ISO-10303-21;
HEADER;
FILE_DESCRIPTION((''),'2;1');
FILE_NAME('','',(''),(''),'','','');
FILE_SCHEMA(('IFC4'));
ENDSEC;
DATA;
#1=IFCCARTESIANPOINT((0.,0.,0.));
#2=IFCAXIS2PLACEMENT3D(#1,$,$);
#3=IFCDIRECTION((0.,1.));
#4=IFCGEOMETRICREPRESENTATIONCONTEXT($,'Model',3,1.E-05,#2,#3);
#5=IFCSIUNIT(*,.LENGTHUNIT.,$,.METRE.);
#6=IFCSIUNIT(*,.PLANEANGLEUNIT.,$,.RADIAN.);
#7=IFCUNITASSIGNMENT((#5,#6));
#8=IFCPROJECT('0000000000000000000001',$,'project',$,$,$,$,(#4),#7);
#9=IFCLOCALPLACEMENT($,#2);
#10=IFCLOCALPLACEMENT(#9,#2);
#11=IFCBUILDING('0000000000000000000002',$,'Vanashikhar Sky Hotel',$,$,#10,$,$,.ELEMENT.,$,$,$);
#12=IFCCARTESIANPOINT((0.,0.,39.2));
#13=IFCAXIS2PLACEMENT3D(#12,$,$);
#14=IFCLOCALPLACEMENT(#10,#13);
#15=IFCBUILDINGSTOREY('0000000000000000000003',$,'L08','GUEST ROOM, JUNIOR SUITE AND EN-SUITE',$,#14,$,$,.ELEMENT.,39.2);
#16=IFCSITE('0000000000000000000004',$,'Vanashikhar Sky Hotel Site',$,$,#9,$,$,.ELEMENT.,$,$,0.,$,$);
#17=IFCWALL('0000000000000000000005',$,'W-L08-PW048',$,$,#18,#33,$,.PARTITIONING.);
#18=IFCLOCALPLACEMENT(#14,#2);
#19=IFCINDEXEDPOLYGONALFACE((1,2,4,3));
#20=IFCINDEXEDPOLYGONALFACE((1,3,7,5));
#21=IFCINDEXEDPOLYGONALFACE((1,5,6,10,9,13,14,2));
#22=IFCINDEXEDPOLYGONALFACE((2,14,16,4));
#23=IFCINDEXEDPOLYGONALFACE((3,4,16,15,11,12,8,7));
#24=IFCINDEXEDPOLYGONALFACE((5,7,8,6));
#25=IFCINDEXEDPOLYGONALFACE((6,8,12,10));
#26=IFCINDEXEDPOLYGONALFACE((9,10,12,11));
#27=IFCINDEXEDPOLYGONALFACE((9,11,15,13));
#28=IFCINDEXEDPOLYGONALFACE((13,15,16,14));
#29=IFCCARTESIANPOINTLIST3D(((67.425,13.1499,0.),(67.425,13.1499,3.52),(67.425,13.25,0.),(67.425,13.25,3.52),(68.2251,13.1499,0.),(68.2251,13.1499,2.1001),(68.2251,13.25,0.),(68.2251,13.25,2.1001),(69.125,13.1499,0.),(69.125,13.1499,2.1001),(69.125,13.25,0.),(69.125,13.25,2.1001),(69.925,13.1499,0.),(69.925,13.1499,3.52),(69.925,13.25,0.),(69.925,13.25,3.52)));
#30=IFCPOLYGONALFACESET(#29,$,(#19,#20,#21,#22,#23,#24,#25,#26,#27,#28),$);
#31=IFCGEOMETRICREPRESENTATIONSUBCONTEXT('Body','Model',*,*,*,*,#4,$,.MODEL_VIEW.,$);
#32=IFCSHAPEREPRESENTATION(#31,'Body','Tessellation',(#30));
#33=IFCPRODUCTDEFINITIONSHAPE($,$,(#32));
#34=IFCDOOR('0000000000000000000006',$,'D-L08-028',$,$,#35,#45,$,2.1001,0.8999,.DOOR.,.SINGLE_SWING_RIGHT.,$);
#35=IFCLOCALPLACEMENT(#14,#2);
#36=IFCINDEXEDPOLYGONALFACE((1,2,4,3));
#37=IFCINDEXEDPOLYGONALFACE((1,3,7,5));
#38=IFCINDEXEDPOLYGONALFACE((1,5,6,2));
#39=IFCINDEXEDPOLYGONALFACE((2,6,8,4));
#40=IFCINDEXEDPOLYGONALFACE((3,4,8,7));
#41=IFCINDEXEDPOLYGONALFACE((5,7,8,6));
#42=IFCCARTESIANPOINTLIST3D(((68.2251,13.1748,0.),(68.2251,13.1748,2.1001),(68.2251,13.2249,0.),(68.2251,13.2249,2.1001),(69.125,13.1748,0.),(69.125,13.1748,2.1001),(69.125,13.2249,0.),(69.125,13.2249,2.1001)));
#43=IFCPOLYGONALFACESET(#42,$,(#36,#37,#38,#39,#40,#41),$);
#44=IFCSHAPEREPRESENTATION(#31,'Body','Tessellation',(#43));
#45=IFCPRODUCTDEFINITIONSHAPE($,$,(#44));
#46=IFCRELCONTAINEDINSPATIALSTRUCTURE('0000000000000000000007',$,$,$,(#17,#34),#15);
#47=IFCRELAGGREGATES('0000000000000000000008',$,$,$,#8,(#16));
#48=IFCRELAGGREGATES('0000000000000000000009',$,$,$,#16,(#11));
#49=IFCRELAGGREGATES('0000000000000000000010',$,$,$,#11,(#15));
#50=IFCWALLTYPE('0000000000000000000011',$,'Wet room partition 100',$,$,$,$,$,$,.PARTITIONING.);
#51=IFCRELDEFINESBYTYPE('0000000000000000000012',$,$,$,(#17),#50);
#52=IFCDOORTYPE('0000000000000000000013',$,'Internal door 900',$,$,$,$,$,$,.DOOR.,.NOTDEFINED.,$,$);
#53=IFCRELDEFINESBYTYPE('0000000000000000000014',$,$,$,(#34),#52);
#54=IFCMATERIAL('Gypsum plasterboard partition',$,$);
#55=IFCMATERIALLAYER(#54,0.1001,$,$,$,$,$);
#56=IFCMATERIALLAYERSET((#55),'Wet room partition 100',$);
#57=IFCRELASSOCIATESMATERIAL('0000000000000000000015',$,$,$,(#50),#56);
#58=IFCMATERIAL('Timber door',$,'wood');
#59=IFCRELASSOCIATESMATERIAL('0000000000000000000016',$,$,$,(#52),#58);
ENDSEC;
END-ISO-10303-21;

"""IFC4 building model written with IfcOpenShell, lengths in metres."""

from ifc_helpers import new_model, si_unit, direction, frame, frame_2d, origin, place, context, subcontext, project, spatial, rectangle, extrude, source, transform, mapped, material, layer, layer_set, type_object, element, fill, save


model = new_model("IFC4")

# Units and contexts
model_context = context("Model", 3, precision=1e-05, world=origin(), true_north=direction((0.0, 1.0)))
body_context = subcontext(model_context, "Body", "Model", "MODEL_VIEW")
ifc_project = project(units=[si_unit("LENGTHUNIT", "METRE"), si_unit("PLANEANGLEUNIT", "RADIAN")], contexts=[model_context])

# Site, building, storey
site_placement = place(None, origin())
site = spatial("IfcSite", under=ifc_project, at=site_placement, Name="Vanashikhar Sky Hotel Site", CompositionType="ELEMENT", RefElevation=0.0)
building_placement = place(site_placement, origin())
building = spatial("IfcBuilding", under=site, at=building_placement, Name="Vanashikhar Sky Hotel", CompositionType="ELEMENT")
storey_placement = place(building_placement, frame((0.0, 0.0, 39.2)))
storey = spatial("IfcBuildingStorey", under=building, at=storey_placement, Name="L08", Description="GUEST ROOM, JUNIOR SUITE AND EN-SUITE", CompositionType="ELEMENT", Elevation=39.2)

# Shared definitions
ifc_material_1 = material(Name="Gypsum plasterboard partition")
ifc_layer_1 = layer(ifc_material_1, 0.1001)
ifc_layer_set_1 = layer_set([ifc_layer_1], Name="Wet room partition 100")
wall_type_1 = type_object("IfcWallType", Name="Wet room partition 100", PredefinedType="PARTITIONING", material=ifc_layer_set_1)
shared_shape_1 = source(origin(), body_context, "Body", "SweptSolid", [
    extrude(rectangle(XDim=0.8999, YDim=2.1001, at=frame_2d((0.45, 1.05))), frame((0.0, 0.0601, 0.0), z_axis=(0.0, -1.0, 0.0), x_axis=(1.0, 0.0, 0.0)), (0.0, 0.0, 1.0), 0.1201),
])
ifc_material_2 = material(Name="Timber door", Category="wood")
door_type_1 = type_object("IfcDoorType", Name="Internal door 900", OperationType="NOTDEFINED", PredefinedType="DOOR", material=ifc_material_2)
shared_shape_2 = source(origin(), body_context, "Body", "SweptSolid", [
    extrude(rectangle(XDim=0.8999, YDim=2.1001, at=frame_2d((0.45, 1.05))), frame((0.0, 0.0249, 0.0), z_axis=(0.0, -1.0, 0.0), x_axis=(1.0, 0.0, 0.0)), (0.0, 0.0, 1.0), 0.05),
])

# Wall, opening, door
shared_shape_3 = source(origin(), body_context, "Body", "SweptSolid", [
    extrude(rectangle(XDim=2.5, YDim=0.1001, at=frame_2d((1.25, 0.0))), origin(), (0.0, 0.0, 1.0), 3.52),
])
wall_1_placement = place(storey_placement, frame((67.425, 13.2, 0.0), z_axis=(0.0, 0.0, 1.0), x_axis=(1.0, 0.0, 0.0)))
wall_1 = element("IfcWall", 1, at=wall_1_placement, inside=storey, type_object=wall_type_1, Name="W-L08-PW048", PredefinedType="PARTITIONING", context=body_context, shape_type="MappedRepresentation", body=[
    mapped(shared_shape_3, transform((0.0, 0.0, 0.0), scale=1.0)),
])
opening_1_placement = place(wall_1_placement, frame((0.8, 0.0, 0.0)))
opening_1 = element("IfcOpeningElement", 2, at=opening_1_placement, cuts=wall_1, PredefinedType="OPENING", context=body_context, shape_type="MappedRepresentation", body=[
    mapped(shared_shape_1, transform((0.0, 0.0, 0.0), scale=1.0)),
])
door_1_placement = place(opening_1_placement, origin())
door_1 = element("IfcDoor", 3, at=door_1_placement, inside=storey, type_object=door_type_1, Name="D-L08-028", OperationType="SINGLE_SWING_RIGHT", OverallHeight=2.1001, OverallWidth=0.8999, PredefinedType="DOOR", context=body_context, shape_type="MappedRepresentation", body=[
    mapped(shared_shape_2, transform((0.0, 0.0, 0.0), scale=1.0)),
])
fill(opening_1, door_1)

save(model, "model.ifc")
